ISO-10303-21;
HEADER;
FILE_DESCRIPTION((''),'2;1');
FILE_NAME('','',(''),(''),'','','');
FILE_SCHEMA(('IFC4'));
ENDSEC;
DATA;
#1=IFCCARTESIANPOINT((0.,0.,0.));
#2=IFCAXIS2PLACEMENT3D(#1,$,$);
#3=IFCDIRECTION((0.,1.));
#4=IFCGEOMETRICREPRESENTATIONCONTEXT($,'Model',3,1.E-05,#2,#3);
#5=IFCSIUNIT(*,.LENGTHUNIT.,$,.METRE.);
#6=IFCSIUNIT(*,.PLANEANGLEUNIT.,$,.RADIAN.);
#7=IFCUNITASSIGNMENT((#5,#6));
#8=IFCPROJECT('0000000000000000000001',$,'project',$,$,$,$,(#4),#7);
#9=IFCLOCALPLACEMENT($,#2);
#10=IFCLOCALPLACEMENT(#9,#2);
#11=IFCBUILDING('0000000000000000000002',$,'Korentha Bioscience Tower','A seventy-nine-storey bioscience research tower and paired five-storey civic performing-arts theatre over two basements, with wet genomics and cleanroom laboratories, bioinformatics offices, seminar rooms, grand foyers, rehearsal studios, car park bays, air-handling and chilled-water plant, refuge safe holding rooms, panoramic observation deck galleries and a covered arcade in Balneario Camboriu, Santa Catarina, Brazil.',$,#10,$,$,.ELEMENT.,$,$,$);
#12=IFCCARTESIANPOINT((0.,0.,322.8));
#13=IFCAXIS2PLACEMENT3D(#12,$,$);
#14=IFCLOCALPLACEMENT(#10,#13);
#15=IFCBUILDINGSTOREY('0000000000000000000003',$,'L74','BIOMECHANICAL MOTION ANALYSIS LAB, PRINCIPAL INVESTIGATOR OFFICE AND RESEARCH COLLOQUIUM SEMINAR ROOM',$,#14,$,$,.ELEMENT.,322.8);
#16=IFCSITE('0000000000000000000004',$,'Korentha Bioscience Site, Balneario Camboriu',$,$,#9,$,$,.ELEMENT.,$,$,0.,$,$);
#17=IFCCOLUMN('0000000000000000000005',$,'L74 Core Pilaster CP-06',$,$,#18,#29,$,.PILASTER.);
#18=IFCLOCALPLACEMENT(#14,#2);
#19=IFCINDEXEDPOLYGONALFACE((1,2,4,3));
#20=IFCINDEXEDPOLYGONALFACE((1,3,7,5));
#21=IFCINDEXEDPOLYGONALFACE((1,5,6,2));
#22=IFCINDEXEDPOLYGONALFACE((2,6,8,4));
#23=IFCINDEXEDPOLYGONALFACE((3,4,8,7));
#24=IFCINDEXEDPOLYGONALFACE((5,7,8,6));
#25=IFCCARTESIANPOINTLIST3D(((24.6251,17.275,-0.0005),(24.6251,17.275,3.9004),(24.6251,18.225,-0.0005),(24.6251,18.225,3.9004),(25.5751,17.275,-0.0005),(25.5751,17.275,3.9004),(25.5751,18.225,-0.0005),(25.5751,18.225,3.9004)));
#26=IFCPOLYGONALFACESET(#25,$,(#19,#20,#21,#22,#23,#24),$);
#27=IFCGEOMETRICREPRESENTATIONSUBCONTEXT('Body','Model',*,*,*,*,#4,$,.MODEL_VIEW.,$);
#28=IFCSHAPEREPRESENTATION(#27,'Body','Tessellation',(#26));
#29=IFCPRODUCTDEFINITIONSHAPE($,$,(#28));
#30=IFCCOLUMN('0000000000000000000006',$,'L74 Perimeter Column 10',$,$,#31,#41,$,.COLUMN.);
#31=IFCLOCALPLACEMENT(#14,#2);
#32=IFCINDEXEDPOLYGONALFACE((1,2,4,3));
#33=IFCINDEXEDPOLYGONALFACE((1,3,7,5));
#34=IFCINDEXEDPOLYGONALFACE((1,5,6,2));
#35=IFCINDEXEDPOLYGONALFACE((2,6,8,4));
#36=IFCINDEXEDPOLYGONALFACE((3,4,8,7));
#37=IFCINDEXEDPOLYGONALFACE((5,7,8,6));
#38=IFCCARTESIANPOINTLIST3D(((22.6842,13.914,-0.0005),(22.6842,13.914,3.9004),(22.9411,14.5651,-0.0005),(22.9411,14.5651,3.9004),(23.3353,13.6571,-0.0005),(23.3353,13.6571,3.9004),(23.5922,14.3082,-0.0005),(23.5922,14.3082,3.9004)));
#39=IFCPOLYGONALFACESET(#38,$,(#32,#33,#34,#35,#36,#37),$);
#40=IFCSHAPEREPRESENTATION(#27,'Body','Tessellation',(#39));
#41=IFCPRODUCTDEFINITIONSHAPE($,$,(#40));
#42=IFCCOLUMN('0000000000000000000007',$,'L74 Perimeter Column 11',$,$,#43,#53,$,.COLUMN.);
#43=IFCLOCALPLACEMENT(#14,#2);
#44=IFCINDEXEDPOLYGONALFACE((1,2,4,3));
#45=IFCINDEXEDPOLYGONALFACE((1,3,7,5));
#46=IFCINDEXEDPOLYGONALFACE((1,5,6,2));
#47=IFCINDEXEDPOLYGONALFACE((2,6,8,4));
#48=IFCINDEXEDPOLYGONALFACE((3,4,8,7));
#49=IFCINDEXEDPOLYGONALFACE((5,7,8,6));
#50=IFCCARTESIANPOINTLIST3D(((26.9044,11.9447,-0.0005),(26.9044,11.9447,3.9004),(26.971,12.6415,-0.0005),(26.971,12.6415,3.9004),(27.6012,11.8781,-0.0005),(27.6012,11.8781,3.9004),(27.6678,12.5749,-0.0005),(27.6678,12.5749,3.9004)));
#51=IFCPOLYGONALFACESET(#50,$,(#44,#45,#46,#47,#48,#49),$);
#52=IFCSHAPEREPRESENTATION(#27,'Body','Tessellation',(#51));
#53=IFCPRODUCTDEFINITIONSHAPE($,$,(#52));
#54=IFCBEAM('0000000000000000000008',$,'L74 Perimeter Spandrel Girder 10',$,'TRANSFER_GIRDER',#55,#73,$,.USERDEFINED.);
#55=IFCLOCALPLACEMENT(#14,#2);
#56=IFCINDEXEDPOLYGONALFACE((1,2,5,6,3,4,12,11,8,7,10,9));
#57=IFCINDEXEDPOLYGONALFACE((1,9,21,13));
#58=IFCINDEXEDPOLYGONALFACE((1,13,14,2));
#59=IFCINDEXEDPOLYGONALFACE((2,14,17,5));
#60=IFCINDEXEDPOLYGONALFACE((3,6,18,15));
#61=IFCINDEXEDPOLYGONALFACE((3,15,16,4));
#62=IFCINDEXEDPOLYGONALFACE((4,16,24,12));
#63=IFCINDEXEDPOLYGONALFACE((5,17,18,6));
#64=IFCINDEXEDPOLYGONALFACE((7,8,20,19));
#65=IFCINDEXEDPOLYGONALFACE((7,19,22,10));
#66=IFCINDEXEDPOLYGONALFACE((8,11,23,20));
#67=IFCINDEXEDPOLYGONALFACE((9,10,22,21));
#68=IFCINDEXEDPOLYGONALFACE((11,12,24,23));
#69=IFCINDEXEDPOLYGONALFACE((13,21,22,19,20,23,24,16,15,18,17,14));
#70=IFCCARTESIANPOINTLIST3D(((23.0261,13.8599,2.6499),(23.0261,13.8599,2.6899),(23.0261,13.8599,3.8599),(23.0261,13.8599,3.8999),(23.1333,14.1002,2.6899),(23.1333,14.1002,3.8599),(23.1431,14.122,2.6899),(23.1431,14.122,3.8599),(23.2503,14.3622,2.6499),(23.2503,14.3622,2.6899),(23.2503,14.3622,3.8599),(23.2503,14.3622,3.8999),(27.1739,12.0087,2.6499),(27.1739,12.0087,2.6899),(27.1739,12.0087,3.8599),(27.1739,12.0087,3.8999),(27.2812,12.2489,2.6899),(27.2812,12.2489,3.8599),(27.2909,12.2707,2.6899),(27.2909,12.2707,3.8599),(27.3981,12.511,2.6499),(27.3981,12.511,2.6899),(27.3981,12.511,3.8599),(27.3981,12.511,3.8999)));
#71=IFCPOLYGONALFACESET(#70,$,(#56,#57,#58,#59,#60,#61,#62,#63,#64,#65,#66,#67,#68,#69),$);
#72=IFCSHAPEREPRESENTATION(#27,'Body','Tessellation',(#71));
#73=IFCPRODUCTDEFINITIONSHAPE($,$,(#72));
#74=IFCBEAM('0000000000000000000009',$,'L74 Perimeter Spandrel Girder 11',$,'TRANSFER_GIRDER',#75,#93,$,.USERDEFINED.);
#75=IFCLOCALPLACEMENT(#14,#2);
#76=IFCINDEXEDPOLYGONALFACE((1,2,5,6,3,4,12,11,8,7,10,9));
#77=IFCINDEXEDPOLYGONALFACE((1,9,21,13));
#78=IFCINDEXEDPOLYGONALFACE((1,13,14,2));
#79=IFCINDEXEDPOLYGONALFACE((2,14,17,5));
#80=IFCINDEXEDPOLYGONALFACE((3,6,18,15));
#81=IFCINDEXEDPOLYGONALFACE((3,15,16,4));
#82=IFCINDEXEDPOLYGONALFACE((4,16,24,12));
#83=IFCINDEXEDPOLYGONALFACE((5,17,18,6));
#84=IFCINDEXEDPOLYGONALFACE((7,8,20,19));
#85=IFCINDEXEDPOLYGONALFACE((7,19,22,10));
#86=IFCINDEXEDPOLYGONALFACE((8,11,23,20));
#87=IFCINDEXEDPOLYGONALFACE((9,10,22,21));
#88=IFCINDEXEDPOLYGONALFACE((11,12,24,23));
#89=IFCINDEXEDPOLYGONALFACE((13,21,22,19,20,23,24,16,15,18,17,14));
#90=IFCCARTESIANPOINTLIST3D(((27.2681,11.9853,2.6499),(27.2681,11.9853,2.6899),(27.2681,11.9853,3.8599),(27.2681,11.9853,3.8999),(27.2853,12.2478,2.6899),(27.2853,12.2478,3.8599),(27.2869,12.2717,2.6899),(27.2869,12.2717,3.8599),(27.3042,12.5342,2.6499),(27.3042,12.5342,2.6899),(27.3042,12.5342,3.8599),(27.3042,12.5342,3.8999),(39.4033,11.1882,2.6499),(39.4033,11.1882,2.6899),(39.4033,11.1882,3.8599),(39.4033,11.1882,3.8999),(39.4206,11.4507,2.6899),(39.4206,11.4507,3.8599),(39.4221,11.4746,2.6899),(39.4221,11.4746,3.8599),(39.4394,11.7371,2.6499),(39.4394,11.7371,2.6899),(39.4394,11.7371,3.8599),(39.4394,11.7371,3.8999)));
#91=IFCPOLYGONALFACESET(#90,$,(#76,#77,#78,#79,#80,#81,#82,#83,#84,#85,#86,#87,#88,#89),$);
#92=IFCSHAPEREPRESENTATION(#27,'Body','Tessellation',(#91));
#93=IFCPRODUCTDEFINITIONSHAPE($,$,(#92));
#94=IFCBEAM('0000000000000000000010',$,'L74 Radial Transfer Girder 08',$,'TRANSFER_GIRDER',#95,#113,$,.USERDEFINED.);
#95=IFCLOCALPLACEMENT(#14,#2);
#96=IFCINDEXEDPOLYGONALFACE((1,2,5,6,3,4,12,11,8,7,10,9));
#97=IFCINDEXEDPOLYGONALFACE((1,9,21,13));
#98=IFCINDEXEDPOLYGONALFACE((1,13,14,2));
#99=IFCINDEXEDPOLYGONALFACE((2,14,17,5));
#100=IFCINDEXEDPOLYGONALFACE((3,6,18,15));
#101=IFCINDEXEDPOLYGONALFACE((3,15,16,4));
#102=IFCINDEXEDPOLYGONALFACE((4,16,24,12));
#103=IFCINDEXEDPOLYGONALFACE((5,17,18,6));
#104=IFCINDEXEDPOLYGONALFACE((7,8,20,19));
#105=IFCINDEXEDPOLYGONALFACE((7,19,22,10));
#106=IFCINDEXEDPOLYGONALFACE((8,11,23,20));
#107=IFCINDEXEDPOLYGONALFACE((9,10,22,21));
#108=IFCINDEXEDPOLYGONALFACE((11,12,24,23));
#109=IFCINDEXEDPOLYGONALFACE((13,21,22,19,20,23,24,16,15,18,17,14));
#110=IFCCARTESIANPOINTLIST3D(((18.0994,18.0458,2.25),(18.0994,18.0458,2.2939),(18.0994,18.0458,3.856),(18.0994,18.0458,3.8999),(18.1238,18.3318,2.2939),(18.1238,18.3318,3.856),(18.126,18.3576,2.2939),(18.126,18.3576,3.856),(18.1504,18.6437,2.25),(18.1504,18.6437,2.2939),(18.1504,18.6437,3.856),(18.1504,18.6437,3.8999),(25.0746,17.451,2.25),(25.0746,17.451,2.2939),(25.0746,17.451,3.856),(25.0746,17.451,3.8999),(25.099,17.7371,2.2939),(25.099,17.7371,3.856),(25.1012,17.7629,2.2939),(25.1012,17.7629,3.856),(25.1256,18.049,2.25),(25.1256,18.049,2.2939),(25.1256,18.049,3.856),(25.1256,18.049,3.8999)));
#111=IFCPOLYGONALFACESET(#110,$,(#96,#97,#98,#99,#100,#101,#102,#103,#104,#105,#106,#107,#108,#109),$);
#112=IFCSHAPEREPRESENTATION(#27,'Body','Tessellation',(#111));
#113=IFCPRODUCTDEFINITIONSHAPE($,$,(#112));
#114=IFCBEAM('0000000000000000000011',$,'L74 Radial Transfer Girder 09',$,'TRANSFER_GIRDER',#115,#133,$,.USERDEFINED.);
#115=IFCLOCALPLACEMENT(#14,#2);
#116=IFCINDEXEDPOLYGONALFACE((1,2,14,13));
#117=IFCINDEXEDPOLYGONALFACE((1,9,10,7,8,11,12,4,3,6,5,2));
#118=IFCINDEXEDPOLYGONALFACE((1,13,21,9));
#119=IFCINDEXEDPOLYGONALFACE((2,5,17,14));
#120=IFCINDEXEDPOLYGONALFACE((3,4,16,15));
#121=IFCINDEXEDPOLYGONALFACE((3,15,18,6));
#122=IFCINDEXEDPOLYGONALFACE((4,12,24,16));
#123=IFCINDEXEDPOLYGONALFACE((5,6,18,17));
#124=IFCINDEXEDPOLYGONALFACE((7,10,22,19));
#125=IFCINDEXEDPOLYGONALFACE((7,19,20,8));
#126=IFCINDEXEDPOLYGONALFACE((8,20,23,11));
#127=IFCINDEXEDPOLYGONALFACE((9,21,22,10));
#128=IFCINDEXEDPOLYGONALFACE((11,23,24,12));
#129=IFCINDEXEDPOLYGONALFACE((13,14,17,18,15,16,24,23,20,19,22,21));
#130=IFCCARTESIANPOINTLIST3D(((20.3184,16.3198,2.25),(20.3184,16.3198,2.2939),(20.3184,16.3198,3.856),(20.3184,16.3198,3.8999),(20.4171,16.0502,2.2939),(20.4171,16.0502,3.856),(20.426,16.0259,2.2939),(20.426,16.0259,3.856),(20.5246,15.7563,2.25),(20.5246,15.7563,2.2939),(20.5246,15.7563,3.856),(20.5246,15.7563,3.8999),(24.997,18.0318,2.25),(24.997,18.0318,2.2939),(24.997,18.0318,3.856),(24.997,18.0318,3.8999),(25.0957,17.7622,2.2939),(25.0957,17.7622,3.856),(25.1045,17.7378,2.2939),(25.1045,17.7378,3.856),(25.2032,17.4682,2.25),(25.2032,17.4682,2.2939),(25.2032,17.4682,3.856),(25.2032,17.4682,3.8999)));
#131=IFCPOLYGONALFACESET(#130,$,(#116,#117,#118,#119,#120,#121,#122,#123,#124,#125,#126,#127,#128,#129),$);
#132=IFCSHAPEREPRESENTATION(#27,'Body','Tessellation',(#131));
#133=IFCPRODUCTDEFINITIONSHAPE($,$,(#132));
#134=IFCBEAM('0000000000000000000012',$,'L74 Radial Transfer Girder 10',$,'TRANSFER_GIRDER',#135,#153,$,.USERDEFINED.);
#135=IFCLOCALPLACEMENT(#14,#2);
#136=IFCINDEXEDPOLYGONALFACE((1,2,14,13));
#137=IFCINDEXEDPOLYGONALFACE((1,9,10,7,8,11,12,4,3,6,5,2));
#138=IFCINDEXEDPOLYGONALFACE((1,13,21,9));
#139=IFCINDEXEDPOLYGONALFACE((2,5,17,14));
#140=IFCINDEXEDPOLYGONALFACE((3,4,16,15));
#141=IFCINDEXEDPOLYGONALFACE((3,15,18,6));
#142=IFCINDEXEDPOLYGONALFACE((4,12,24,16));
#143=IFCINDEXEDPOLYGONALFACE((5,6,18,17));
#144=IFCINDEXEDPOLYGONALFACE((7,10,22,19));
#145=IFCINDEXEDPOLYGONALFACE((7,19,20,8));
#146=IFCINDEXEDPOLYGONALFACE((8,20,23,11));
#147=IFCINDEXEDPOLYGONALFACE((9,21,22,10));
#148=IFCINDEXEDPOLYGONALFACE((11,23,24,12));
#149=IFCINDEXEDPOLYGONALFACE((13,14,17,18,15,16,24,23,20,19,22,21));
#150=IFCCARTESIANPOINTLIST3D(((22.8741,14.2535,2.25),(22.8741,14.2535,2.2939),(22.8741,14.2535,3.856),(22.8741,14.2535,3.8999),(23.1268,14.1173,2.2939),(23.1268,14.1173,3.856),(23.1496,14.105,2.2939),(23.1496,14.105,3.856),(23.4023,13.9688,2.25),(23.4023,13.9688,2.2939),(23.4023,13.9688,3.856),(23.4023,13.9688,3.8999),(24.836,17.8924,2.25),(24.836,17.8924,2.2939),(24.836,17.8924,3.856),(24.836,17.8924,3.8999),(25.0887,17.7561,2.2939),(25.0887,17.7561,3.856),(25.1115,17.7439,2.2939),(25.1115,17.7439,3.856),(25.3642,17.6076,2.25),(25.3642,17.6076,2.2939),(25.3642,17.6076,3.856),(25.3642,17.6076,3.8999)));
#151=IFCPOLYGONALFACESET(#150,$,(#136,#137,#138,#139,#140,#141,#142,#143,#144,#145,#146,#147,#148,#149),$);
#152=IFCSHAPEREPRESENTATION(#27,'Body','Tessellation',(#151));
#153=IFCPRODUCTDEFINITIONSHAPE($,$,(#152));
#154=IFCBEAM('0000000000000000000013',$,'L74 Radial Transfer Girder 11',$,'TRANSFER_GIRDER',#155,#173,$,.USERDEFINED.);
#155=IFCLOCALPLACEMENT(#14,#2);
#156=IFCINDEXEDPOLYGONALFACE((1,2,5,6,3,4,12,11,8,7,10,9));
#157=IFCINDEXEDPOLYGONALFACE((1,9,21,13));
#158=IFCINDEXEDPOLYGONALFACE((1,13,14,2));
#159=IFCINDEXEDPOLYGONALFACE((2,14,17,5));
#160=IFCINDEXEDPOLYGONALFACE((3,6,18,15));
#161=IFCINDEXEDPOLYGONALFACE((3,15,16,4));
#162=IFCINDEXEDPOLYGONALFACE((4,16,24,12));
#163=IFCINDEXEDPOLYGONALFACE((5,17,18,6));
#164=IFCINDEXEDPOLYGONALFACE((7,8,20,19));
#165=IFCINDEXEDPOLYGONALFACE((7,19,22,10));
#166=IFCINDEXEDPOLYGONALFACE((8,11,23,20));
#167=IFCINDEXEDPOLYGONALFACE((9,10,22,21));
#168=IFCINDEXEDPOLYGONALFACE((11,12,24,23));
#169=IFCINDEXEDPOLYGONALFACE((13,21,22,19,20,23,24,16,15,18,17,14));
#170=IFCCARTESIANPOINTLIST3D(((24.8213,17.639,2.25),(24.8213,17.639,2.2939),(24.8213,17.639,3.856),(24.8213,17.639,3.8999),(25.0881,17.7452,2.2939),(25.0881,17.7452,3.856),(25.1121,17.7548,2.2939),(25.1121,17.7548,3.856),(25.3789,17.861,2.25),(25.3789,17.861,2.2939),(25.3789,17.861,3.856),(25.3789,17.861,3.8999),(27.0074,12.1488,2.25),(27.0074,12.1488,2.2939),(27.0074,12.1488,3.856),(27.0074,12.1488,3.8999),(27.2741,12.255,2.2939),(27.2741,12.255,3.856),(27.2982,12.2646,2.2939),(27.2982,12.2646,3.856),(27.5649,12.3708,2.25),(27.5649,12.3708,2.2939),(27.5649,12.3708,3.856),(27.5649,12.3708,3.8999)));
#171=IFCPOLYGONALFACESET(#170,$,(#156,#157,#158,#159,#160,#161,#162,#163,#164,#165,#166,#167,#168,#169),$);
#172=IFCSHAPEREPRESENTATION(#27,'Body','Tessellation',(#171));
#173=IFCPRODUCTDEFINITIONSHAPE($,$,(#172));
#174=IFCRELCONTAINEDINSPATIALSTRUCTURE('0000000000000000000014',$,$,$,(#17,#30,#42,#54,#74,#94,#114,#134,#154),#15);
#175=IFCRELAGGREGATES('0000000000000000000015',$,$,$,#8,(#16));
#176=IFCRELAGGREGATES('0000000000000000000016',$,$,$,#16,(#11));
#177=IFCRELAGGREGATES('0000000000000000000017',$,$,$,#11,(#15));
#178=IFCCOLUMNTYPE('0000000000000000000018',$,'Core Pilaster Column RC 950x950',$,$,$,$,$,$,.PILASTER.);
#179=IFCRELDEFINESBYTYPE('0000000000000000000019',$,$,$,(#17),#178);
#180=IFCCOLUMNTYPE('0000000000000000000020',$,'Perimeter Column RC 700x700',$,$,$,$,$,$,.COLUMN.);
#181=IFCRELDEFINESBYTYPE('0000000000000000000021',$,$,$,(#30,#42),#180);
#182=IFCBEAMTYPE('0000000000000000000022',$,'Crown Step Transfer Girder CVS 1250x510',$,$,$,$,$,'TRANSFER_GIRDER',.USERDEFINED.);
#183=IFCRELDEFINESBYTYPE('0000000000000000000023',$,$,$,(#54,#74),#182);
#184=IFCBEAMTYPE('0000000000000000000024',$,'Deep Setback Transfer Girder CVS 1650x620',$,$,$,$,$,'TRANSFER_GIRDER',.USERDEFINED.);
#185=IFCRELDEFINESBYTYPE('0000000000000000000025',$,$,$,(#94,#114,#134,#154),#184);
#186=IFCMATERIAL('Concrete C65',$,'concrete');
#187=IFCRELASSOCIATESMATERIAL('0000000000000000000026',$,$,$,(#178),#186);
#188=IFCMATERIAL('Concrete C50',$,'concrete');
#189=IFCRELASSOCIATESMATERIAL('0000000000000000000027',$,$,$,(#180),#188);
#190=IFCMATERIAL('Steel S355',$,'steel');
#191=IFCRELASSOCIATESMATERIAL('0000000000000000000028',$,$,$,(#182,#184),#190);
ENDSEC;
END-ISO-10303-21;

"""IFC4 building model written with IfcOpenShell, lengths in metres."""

from ifc_helpers import new_model, si_unit, direction, frame, origin, origin_2d, place, context, subcontext, project, spatial, rectangle, i_section, extrude, material, material_profile, profile_set, type_object, element, save


model = new_model("IFC4")

# Units and contexts
model_context = context("Model", 3, precision=1e-05, world=origin(), true_north=direction((0.0, 1.0)))
body_context = subcontext(model_context, "Body", "Model", "MODEL_VIEW")
ifc_project = project(units=[si_unit("LENGTHUNIT", "METRE"), si_unit("PLANEANGLEUNIT", "RADIAN")], contexts=[model_context])

# Site, building, storey
site_placement = place(None, origin())
site = spatial("IfcSite", under=ifc_project, at=site_placement, Name="Korentha Bioscience Site, Balneario Camboriu", CompositionType="ELEMENT", RefElevation=0.0)
building_placement = place(site_placement, origin())
building = spatial("IfcBuilding", under=site, at=building_placement, Name="Korentha Bioscience Tower", Description="A seventy-nine-storey bioscience research tower and paired five-storey civic performing-arts theatre over two basements, with wet genomics and cleanroom laboratories, bioinformatics offices, seminar rooms, grand foyers, rehearsal studios, car park bays, air-handling and chilled-water plant, refuge safe holding rooms, panoramic observation deck galleries and a covered arcade in Balneario Camboriu, Santa Catarina, Brazil.", CompositionType="ELEMENT")
storey_placement = place(building_placement, frame((0.0, 0.0, 322.8)))
storey = spatial("IfcBuildingStorey", under=building, at=storey_placement, Name="L74", Description="BIOMECHANICAL MOTION ANALYSIS LAB, PRINCIPAL INVESTIGATOR OFFICE AND RESEARCH COLLOQUIUM SEMINAR ROOM", CompositionType="ELEMENT", Elevation=322.8)

# Columns
ifc_material_1 = material(Name="Concrete C65", Category="concrete")
ifc_material_profile_1 = material_profile(ifc_material_1, rectangle(XDim=0.95, YDim=0.95, at=origin_2d()), Name="Concrete C65")
ifc_profile_set_1 = profile_set([ifc_material_profile_1], Name="Concrete C65 (COL-CP09)")
column_type_1 = type_object("IfcColumnType", Name="Core Pilaster Column RC 950x950", PredefinedType="PILASTER", material=ifc_profile_set_1)
column_placement = place(storey_placement, frame((25.1001, 17.75, -0.0005), z_axis=(0.0, 0.0, 1.0), x_axis=(1.0, 0.0, 0.0)))
element("IfcColumn", 1, at=column_placement, inside=storey, type_object=column_type_1, Name="L74 Core Pilaster CP-06", PredefinedType="PILASTER", context=body_context, shape_type="SweptSolid", body=[
    extrude(rectangle(XDim=0.95, YDim=0.95, at=origin_2d()), origin(), (0.0, 0.0, 1.0), 3.9009),
])
ifc_material_2 = material(Name="Concrete C50", Category="concrete")
ifc_material_profile_2 = material_profile(ifc_material_2, rectangle(XDim=0.7, YDim=0.7, at=origin_2d()), Name="Concrete C50")
ifc_profile_set_2 = profile_set([ifc_material_profile_2], Name="Concrete C50 (COL-P07)")
column_type_2 = type_object("IfcColumnType", Name="Perimeter Column RC 700x700", PredefinedType="COLUMN", material=ifc_profile_set_2)
for number, where, z_axis, x_axis, name in (
    (2, (23.1382, 14.1111, -0.0005), (0.0, 0.0, 1.0), (-0.930226, 0.366988, 0.0), "L74 Perimeter Column 10"),
    (3, (27.2861, 12.2598, -0.0005), (0.0, 0.0, 1.0), (-0.995463, 0.095151, 0.0), "L74 Perimeter Column 11"),
):
    element("IfcColumn", number, at=place(storey_placement, frame(where, z_axis=z_axis, x_axis=x_axis)), inside=storey, type_object=column_type_2, Name=name, PredefinedType="COLUMN", context=body_context, shape_type="SweptSolid", body=[
        extrude(rectangle(XDim=0.7, YDim=0.7, at=origin_2d()), origin(), (0.0, 0.0, 1.0), 3.9009),
    ])

# Beams
ifc_material_3 = material(Name="Steel S355", Category="steel")
ifc_material_profile_3 = material_profile(ifc_material_3, i_section(OverallWidth=0.55, OverallDepth=1.25, WebThickness=0.0239, FlangeThickness=0.04, at=origin_2d()), Name="Steel S355")
ifc_profile_set_3 = profile_set([ifc_material_profile_3], Name="Steel S355 (TG-03)")
beam_type_1 = type_object("IfcBeamType", Name="Crown Step Transfer Girder CVS 1250x510", ElementType="TRANSFER_GIRDER", PredefinedType="USERDEFINED", material=ifc_profile_set_3)
beam_1_placement = place(storey_placement, frame((23.1382, 14.1111, 3.2749), z_axis=(0.913174, -0.407569, 0.0), x_axis=(0.407569, 0.913174, 0.0)))
element("IfcBeam", 4, at=beam_1_placement, inside=storey, type_object=beam_type_1, Name="L74 Perimeter Spandrel Girder 10", ObjectType="TRANSFER_GIRDER", PredefinedType="USERDEFINED", context=body_context, shape_type="SweptSolid", body=[
    extrude(i_section(OverallWidth=0.55, OverallDepth=1.25, WebThickness=0.0239, FlangeThickness=0.04, at=origin_2d()), origin(), (0.0, 0.0, 1.0), 4.5422),
])
beam_2_placement = place(storey_placement, frame((27.2861, 12.2598, 3.2749), z_axis=(0.99785, -0.065545, 0.0), x_axis=(0.065545, 0.99785, 0.0)))
element("IfcBeam", 5, at=beam_2_placement, inside=storey, type_object=beam_type_1, Name="L74 Perimeter Spandrel Girder 11", ObjectType="TRANSFER_GIRDER", PredefinedType="USERDEFINED", context=body_context, shape_type="SweptSolid", body=[
    extrude(i_section(OverallWidth=0.55, OverallDepth=1.25, WebThickness=0.0239, FlangeThickness=0.04, at=origin_2d()), origin(), (0.0, 0.0, 1.0), 12.1614),
])
ifc_material_profile_4 = material_profile(ifc_material_3, i_section(OverallWidth=0.6001, OverallDepth=1.6499, WebThickness=0.0259, FlangeThickness=0.0439, at=origin_2d()), Name="Steel S355")
ifc_profile_set_4 = profile_set([ifc_material_profile_4], Name="Steel S355 (TG-04)")
beam_type_2 = type_object("IfcBeamType", Name="Deep Setback Transfer Girder CVS 1650x620", ElementType="TRANSFER_GIRDER", PredefinedType="USERDEFINED", material=ifc_profile_set_4)
beam_3_placement = place(storey_placement, frame((25.1001, 17.75, 3.075), z_axis=(-0.996385, 0.084956, 0.0), x_axis=(-0.084956, -0.996385, 0.0)))
element("IfcBeam", 6, at=beam_3_placement, inside=storey, type_object=beam_type_2, Name="L74 Radial Transfer Girder 08", ObjectType="TRANSFER_GIRDER", PredefinedType="USERDEFINED", context=body_context, shape_type="SweptSolid", body=[
    extrude(i_section(OverallWidth=0.6001, OverallDepth=1.6499, WebThickness=0.0259, FlangeThickness=0.0439, at=origin_2d()), origin(), (0.0, 0.0, 1.0), 7.0005),
])
beam_4_placement = place(storey_placement, frame((25.1001, 17.75, 3.075), z_axis=(-0.939105, -0.343631, 0.0), x_axis=(0.343631, -0.939105, 0.0)))
element("IfcBeam", 7, at=beam_4_placement, inside=storey, type_object=beam_type_2, Name="L74 Radial Transfer Girder 09", ObjectType="TRANSFER_GIRDER", PredefinedType="USERDEFINED", context=body_context, shape_type="SweptSolid", body=[
    extrude(i_section(OverallWidth=0.6001, OverallDepth=1.6499, WebThickness=0.0259, FlangeThickness=0.0439, at=origin_2d()), origin(), (0.0, 0.0, 1.0), 4.9819),
])
beam_5_placement = place(storey_placement, frame((25.1001, 17.75, 3.075), z_axis=(-0.474568, -0.880219, 0.0), x_axis=(0.880219, -0.474568, 0.0)))
element("IfcBeam", 8, at=beam_5_placement, inside=storey, type_object=beam_type_2, Name="L74 Radial Transfer Girder 10", ObjectType="TRANSFER_GIRDER", PredefinedType="USERDEFINED", context=body_context, shape_type="SweptSolid", body=[
    extrude(i_section(OverallWidth=0.6001, OverallDepth=1.6499, WebThickness=0.0259, FlangeThickness=0.0439, at=origin_2d()), origin(), (0.0, 0.0, 1.0), 4.134),
])
beam_6_placement = place(storey_placement, frame((25.1001, 17.75, 3.075), z_axis=(0.369923, -0.929062, 0.0), x_axis=(0.929062, 0.369923, 0.0)))
element("IfcBeam", 9, at=beam_6_placement, inside=storey, type_object=beam_type_2, Name="L74 Radial Transfer Girder 11", ObjectType="TRANSFER_GIRDER", PredefinedType="USERDEFINED", context=body_context, shape_type="SweptSolid", body=[
    extrude(i_section(OverallWidth=0.6001, OverallDepth=1.6499, WebThickness=0.0259, FlangeThickness=0.0439, at=origin_2d()), origin(), (0.0, 0.0, 1.0), 5.9094),
])

save(model, "model.ifc")
